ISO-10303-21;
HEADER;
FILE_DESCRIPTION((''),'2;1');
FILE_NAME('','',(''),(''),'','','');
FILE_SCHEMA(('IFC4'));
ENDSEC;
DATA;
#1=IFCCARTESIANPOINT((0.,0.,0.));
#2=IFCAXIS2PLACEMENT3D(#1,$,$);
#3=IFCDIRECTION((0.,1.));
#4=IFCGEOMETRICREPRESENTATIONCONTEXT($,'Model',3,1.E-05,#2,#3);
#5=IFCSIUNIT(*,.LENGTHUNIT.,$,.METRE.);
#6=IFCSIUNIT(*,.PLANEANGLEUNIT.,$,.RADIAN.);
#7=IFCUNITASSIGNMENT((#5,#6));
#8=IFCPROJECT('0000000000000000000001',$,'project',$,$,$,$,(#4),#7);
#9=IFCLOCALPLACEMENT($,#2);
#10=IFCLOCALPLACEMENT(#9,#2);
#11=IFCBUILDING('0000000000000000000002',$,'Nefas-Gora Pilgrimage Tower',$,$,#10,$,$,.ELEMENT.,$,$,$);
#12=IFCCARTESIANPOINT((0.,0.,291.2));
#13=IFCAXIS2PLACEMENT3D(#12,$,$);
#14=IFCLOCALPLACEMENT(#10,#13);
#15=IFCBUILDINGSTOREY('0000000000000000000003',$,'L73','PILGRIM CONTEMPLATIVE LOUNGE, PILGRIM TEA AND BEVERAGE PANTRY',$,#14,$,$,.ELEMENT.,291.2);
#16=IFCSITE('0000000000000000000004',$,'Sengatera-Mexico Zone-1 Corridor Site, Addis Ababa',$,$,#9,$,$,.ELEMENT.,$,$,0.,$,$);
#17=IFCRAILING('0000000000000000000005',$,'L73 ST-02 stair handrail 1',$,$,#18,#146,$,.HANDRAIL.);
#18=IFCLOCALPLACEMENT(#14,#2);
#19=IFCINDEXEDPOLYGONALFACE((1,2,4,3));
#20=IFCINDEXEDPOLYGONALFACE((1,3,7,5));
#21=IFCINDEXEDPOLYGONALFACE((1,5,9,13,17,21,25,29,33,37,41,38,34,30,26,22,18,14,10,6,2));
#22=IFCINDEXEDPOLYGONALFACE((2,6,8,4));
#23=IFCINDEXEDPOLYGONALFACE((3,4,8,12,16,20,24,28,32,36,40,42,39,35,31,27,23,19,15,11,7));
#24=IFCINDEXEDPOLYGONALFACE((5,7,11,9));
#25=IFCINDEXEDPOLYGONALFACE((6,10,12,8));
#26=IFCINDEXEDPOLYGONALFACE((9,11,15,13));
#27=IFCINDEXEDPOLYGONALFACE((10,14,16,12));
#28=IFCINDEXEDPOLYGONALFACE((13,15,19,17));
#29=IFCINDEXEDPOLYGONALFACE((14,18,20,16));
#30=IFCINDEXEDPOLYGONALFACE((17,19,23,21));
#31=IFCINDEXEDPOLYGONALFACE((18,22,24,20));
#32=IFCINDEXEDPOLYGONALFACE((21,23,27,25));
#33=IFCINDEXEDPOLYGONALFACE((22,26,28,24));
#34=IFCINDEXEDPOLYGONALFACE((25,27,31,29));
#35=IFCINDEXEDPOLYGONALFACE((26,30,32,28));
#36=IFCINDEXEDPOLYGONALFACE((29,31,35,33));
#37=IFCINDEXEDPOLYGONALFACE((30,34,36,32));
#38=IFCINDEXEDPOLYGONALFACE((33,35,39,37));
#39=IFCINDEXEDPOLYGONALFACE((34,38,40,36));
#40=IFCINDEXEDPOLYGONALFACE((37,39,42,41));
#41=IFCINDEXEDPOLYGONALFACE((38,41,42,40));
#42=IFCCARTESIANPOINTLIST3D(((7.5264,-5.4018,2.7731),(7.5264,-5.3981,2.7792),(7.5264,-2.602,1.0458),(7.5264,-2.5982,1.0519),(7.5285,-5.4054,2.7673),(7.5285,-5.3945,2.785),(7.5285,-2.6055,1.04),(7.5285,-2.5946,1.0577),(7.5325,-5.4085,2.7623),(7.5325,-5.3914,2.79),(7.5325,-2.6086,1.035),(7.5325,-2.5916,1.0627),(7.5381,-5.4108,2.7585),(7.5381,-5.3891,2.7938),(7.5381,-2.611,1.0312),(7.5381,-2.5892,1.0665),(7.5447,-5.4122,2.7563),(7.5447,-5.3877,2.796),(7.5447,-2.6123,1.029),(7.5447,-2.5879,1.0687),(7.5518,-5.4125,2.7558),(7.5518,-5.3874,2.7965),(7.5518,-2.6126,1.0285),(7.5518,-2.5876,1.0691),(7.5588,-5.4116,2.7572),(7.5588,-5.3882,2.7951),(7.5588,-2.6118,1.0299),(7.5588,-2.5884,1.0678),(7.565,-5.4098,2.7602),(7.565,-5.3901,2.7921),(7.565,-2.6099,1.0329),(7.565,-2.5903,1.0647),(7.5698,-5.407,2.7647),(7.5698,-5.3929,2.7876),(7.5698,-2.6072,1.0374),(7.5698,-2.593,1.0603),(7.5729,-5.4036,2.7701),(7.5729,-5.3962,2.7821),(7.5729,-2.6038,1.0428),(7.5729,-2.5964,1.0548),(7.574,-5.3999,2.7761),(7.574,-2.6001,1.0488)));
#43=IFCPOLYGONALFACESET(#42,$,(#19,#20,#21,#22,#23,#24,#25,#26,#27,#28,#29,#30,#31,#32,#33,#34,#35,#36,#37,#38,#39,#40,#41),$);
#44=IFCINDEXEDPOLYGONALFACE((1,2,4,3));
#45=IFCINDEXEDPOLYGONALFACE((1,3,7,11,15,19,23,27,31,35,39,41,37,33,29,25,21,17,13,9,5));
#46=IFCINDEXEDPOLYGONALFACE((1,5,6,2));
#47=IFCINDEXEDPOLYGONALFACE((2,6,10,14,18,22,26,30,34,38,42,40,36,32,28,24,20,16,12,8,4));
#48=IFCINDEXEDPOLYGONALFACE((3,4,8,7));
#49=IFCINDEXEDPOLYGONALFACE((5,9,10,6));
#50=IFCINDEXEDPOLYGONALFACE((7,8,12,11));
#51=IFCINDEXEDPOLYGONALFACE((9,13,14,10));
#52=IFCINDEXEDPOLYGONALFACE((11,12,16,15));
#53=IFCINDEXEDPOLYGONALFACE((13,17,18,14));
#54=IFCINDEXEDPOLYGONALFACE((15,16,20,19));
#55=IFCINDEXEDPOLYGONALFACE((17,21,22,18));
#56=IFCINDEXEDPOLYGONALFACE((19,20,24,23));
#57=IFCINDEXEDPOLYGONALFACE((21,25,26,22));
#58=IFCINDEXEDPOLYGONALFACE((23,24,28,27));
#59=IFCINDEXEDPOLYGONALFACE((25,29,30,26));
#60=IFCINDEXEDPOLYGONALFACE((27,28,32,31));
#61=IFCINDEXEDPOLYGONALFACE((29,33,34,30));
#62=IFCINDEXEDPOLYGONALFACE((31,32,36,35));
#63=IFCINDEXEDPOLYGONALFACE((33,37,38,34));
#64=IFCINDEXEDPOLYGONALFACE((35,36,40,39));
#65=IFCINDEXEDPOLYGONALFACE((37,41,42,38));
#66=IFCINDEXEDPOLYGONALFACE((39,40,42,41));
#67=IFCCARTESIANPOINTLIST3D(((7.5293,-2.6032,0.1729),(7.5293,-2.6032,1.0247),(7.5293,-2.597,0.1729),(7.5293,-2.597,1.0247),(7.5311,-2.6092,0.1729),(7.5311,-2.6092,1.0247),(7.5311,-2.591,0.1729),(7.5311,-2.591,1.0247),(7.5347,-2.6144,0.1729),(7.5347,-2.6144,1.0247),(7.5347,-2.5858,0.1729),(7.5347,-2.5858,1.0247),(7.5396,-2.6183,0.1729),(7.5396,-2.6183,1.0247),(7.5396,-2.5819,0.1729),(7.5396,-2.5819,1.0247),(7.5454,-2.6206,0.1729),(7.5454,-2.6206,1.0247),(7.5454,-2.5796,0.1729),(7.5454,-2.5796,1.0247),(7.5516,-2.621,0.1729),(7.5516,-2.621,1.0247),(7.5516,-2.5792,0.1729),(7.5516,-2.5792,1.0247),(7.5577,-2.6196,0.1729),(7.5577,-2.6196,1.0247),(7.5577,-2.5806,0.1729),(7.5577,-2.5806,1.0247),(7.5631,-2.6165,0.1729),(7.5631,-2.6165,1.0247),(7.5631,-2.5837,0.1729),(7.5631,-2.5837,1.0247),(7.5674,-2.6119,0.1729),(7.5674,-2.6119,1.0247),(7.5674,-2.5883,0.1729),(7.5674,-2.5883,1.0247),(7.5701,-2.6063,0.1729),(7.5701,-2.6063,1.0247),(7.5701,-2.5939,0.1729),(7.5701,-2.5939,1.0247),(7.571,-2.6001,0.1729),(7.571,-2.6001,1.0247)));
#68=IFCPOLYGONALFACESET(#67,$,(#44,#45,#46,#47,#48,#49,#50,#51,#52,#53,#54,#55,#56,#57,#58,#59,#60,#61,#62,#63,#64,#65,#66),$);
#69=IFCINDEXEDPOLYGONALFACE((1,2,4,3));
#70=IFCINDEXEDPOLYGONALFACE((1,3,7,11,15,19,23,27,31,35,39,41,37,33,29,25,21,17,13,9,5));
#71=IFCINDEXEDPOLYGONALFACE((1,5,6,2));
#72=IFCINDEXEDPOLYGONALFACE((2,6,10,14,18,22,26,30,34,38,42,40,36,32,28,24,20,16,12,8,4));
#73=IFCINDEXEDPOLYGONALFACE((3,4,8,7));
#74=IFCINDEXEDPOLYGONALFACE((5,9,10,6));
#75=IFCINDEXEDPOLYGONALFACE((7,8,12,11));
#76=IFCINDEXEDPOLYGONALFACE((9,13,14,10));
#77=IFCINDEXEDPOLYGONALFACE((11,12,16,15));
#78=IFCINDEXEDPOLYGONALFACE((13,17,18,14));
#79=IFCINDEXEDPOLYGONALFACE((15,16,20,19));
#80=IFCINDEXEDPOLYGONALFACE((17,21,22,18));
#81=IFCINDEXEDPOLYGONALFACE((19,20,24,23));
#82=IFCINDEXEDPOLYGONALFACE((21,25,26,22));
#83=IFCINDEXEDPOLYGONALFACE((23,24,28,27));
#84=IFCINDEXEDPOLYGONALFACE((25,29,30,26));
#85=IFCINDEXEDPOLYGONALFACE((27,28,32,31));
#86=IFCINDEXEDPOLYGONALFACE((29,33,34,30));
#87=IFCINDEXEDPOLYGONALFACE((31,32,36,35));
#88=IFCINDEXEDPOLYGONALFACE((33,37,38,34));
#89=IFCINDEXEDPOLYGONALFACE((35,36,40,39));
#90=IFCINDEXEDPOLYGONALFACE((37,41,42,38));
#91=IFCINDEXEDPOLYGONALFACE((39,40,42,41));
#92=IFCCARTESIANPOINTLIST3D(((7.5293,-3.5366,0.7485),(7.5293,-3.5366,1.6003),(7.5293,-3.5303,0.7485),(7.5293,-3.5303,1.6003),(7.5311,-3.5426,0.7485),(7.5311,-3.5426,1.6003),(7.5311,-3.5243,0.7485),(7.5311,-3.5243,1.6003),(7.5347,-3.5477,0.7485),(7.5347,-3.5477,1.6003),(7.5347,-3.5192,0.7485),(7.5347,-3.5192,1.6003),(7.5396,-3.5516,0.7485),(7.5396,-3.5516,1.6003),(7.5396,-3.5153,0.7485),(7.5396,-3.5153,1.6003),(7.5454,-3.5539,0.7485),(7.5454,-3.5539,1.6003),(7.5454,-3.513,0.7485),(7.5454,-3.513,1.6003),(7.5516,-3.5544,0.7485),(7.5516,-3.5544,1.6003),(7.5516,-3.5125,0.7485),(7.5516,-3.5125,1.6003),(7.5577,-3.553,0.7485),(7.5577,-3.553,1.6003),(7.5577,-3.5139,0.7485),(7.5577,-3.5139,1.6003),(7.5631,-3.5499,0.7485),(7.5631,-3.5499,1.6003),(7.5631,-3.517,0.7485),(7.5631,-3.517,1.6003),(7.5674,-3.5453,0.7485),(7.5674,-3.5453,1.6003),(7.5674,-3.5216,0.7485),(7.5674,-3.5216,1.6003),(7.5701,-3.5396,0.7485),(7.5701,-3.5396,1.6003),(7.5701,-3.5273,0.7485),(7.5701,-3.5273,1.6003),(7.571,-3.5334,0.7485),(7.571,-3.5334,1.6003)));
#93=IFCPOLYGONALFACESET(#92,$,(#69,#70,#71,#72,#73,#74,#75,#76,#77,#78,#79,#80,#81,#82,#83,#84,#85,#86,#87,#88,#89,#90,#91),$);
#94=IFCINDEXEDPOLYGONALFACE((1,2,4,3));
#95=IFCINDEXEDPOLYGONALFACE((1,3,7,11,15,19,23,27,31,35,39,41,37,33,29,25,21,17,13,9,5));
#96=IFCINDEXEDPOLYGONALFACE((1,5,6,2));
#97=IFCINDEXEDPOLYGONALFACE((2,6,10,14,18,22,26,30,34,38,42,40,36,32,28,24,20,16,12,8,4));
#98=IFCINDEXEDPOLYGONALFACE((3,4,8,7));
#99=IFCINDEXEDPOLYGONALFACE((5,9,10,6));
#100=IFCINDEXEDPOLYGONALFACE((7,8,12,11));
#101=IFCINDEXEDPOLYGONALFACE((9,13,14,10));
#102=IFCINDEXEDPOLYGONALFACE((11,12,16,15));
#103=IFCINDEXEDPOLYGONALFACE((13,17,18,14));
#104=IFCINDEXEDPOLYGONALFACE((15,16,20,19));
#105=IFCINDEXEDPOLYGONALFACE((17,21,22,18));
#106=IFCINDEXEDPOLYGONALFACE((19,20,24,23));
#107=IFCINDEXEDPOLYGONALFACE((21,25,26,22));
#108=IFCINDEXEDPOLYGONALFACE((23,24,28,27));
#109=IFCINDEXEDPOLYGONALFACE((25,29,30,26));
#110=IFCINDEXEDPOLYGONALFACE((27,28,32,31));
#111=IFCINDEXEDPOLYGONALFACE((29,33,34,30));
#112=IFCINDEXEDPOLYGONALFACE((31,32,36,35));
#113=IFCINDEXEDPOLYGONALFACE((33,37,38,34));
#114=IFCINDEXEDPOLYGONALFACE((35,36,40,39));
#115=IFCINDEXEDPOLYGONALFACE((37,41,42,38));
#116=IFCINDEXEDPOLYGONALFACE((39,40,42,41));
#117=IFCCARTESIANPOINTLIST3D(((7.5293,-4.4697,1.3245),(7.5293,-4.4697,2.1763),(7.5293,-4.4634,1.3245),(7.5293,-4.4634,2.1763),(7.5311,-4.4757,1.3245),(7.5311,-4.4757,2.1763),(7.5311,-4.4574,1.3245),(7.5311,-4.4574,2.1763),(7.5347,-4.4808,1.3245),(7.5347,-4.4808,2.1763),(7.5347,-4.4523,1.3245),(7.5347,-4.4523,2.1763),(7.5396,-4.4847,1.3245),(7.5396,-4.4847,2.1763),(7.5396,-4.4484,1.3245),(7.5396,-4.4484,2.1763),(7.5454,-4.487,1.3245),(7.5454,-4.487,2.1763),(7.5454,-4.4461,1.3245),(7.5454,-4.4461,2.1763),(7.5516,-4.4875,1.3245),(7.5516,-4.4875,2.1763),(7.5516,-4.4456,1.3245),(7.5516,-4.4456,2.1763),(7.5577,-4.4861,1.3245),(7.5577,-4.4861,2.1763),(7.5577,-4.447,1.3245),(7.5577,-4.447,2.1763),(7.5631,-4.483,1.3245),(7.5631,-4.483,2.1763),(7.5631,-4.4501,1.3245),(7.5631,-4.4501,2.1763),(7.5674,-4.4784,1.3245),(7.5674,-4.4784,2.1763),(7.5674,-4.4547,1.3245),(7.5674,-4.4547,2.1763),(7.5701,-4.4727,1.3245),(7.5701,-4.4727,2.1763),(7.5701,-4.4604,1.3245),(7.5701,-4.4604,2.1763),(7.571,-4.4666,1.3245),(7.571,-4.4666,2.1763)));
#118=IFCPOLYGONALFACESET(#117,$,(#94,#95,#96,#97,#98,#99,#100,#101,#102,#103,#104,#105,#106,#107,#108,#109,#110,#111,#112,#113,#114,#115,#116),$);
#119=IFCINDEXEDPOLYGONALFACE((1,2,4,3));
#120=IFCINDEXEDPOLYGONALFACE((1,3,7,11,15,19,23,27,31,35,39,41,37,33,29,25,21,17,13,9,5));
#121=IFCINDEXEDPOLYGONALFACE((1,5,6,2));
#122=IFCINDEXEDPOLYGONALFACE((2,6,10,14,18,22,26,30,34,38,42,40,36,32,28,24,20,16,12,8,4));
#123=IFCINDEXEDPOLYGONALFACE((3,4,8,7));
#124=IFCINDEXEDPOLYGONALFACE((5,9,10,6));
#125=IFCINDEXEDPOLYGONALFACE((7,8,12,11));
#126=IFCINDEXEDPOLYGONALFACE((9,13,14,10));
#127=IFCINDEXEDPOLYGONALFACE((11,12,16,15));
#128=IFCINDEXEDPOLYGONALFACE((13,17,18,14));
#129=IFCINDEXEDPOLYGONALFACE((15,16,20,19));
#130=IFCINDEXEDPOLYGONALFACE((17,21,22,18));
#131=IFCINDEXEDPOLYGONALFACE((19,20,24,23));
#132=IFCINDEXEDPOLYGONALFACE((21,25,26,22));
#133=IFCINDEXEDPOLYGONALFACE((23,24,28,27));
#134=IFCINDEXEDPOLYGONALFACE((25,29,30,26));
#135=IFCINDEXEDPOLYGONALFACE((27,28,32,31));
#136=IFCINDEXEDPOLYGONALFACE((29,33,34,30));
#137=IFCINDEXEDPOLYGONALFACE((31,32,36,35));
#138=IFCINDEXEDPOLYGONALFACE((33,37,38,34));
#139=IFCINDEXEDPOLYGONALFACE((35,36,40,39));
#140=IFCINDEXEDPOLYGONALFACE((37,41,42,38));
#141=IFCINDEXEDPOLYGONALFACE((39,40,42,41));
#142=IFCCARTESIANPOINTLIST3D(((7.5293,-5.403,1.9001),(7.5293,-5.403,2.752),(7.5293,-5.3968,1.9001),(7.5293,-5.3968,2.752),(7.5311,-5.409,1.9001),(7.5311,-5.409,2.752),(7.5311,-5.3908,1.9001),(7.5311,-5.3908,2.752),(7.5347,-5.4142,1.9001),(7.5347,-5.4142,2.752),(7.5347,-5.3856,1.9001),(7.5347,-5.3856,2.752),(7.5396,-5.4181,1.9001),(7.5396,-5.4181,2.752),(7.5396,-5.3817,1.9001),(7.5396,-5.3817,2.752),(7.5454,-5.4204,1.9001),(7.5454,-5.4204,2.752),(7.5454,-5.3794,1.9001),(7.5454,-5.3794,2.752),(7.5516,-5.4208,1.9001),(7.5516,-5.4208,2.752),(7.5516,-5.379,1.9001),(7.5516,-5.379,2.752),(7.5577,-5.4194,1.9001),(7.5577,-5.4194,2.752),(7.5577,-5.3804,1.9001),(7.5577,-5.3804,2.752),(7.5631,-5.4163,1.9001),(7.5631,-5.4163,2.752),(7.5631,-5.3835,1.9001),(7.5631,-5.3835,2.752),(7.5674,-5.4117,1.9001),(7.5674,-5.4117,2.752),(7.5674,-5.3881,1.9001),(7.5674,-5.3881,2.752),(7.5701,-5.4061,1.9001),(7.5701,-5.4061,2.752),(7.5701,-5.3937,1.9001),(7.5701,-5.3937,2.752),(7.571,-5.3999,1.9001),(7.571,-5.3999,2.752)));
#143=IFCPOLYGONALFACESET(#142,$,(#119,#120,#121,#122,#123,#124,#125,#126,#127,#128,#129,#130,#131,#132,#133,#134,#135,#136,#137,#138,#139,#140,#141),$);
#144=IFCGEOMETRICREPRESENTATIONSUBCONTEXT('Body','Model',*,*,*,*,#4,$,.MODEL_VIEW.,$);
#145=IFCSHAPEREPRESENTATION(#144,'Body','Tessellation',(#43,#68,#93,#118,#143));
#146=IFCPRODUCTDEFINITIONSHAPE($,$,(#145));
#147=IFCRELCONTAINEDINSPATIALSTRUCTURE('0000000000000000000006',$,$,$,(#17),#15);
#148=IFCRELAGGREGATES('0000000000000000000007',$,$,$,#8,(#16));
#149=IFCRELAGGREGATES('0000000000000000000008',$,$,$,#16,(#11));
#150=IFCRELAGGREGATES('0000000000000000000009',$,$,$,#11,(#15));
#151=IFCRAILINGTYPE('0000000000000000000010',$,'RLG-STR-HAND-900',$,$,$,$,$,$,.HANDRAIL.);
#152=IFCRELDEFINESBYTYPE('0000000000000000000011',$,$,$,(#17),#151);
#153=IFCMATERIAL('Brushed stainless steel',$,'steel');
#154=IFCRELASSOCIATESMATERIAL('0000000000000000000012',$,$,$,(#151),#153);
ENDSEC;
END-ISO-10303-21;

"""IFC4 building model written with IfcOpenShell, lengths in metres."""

from ifc_helpers import new_model, si_unit, direction, frame, origin, origin_2d, place, context, subcontext, project, spatial, circle, extrude, material, type_object, element, save


model = new_model("IFC4")

# Units and contexts
model_context = context("Model", 3, precision=1e-05, world=origin(), true_north=direction((0.0, 1.0)))
body_context = subcontext(model_context, "Body", "Model", "MODEL_VIEW")
ifc_project = project(units=[si_unit("LENGTHUNIT", "METRE"), si_unit("PLANEANGLEUNIT", "RADIAN")], contexts=[model_context])

# Site, building, storey
site_placement = place(None, origin())
site = spatial("IfcSite", under=ifc_project, at=site_placement, Name="Sengatera-Mexico Zone-1 Corridor Site, Addis Ababa", CompositionType="ELEMENT", RefElevation=0.0)
building_placement = place(site_placement, origin())
building = spatial("IfcBuilding", under=site, at=building_placement, Name="Nefas-Gora Pilgrimage Tower", CompositionType="ELEMENT")
storey_placement = place(building_placement, frame((0.0, 0.0, 291.2)))
storey = spatial("IfcBuildingStorey", under=building, at=storey_placement, Name="L73", Description="PILGRIM CONTEMPLATIVE LOUNGE, PILGRIM TEA AND BEVERAGE PANTRY", CompositionType="ELEMENT", Elevation=291.2)

# Railing
ifc_material_1 = material(Name="Brushed stainless steel", Category="steel")
railing_type_1 = type_object("IfcRailingType", Name="RLG-STR-HAND-900", PredefinedType="HANDRAIL", material=ifc_material_1)
railing_1_placement = place(storey_placement, frame((7.55, -2.6001, 0.1729)))
element("IfcRailing", 1, at=railing_1_placement, inside=storey, type_object=railing_type_1, Name="L73 ST-02 stair handrail 1", PredefinedType="HANDRAIL", context=body_context, shape_type="SweptSolid", body=[
    extrude(circle(Radius=0.0239, at=origin_2d()), frame((0.0, 0.0, 0.876), z_axis=(0.0, -0.851069, 0.525054), x_axis=(1.0, 0.0, 0.0)), (0.0, 0.0, 1.0), 3.2898),
    extrude(circle(Radius=0.021, at=origin_2d()), origin(), (0.0, 0.0, 1.0), 0.8518),
    extrude(circle(Radius=0.021, at=origin_2d()), frame((0.0, -0.9333, 0.5757)), (0.0, 0.0, 1.0), 0.8518),
    extrude(circle(Radius=0.021, at=origin_2d()), frame((0.0, -1.8665, 1.1516)), (0.0, 0.0, 1.0), 0.8518),
    extrude(circle(Radius=0.021, at=origin_2d()), frame((0.0, -2.7998, 1.7273)), (0.0, 0.0, 1.0), 0.8518),
])

save(model, "model.ifc")
